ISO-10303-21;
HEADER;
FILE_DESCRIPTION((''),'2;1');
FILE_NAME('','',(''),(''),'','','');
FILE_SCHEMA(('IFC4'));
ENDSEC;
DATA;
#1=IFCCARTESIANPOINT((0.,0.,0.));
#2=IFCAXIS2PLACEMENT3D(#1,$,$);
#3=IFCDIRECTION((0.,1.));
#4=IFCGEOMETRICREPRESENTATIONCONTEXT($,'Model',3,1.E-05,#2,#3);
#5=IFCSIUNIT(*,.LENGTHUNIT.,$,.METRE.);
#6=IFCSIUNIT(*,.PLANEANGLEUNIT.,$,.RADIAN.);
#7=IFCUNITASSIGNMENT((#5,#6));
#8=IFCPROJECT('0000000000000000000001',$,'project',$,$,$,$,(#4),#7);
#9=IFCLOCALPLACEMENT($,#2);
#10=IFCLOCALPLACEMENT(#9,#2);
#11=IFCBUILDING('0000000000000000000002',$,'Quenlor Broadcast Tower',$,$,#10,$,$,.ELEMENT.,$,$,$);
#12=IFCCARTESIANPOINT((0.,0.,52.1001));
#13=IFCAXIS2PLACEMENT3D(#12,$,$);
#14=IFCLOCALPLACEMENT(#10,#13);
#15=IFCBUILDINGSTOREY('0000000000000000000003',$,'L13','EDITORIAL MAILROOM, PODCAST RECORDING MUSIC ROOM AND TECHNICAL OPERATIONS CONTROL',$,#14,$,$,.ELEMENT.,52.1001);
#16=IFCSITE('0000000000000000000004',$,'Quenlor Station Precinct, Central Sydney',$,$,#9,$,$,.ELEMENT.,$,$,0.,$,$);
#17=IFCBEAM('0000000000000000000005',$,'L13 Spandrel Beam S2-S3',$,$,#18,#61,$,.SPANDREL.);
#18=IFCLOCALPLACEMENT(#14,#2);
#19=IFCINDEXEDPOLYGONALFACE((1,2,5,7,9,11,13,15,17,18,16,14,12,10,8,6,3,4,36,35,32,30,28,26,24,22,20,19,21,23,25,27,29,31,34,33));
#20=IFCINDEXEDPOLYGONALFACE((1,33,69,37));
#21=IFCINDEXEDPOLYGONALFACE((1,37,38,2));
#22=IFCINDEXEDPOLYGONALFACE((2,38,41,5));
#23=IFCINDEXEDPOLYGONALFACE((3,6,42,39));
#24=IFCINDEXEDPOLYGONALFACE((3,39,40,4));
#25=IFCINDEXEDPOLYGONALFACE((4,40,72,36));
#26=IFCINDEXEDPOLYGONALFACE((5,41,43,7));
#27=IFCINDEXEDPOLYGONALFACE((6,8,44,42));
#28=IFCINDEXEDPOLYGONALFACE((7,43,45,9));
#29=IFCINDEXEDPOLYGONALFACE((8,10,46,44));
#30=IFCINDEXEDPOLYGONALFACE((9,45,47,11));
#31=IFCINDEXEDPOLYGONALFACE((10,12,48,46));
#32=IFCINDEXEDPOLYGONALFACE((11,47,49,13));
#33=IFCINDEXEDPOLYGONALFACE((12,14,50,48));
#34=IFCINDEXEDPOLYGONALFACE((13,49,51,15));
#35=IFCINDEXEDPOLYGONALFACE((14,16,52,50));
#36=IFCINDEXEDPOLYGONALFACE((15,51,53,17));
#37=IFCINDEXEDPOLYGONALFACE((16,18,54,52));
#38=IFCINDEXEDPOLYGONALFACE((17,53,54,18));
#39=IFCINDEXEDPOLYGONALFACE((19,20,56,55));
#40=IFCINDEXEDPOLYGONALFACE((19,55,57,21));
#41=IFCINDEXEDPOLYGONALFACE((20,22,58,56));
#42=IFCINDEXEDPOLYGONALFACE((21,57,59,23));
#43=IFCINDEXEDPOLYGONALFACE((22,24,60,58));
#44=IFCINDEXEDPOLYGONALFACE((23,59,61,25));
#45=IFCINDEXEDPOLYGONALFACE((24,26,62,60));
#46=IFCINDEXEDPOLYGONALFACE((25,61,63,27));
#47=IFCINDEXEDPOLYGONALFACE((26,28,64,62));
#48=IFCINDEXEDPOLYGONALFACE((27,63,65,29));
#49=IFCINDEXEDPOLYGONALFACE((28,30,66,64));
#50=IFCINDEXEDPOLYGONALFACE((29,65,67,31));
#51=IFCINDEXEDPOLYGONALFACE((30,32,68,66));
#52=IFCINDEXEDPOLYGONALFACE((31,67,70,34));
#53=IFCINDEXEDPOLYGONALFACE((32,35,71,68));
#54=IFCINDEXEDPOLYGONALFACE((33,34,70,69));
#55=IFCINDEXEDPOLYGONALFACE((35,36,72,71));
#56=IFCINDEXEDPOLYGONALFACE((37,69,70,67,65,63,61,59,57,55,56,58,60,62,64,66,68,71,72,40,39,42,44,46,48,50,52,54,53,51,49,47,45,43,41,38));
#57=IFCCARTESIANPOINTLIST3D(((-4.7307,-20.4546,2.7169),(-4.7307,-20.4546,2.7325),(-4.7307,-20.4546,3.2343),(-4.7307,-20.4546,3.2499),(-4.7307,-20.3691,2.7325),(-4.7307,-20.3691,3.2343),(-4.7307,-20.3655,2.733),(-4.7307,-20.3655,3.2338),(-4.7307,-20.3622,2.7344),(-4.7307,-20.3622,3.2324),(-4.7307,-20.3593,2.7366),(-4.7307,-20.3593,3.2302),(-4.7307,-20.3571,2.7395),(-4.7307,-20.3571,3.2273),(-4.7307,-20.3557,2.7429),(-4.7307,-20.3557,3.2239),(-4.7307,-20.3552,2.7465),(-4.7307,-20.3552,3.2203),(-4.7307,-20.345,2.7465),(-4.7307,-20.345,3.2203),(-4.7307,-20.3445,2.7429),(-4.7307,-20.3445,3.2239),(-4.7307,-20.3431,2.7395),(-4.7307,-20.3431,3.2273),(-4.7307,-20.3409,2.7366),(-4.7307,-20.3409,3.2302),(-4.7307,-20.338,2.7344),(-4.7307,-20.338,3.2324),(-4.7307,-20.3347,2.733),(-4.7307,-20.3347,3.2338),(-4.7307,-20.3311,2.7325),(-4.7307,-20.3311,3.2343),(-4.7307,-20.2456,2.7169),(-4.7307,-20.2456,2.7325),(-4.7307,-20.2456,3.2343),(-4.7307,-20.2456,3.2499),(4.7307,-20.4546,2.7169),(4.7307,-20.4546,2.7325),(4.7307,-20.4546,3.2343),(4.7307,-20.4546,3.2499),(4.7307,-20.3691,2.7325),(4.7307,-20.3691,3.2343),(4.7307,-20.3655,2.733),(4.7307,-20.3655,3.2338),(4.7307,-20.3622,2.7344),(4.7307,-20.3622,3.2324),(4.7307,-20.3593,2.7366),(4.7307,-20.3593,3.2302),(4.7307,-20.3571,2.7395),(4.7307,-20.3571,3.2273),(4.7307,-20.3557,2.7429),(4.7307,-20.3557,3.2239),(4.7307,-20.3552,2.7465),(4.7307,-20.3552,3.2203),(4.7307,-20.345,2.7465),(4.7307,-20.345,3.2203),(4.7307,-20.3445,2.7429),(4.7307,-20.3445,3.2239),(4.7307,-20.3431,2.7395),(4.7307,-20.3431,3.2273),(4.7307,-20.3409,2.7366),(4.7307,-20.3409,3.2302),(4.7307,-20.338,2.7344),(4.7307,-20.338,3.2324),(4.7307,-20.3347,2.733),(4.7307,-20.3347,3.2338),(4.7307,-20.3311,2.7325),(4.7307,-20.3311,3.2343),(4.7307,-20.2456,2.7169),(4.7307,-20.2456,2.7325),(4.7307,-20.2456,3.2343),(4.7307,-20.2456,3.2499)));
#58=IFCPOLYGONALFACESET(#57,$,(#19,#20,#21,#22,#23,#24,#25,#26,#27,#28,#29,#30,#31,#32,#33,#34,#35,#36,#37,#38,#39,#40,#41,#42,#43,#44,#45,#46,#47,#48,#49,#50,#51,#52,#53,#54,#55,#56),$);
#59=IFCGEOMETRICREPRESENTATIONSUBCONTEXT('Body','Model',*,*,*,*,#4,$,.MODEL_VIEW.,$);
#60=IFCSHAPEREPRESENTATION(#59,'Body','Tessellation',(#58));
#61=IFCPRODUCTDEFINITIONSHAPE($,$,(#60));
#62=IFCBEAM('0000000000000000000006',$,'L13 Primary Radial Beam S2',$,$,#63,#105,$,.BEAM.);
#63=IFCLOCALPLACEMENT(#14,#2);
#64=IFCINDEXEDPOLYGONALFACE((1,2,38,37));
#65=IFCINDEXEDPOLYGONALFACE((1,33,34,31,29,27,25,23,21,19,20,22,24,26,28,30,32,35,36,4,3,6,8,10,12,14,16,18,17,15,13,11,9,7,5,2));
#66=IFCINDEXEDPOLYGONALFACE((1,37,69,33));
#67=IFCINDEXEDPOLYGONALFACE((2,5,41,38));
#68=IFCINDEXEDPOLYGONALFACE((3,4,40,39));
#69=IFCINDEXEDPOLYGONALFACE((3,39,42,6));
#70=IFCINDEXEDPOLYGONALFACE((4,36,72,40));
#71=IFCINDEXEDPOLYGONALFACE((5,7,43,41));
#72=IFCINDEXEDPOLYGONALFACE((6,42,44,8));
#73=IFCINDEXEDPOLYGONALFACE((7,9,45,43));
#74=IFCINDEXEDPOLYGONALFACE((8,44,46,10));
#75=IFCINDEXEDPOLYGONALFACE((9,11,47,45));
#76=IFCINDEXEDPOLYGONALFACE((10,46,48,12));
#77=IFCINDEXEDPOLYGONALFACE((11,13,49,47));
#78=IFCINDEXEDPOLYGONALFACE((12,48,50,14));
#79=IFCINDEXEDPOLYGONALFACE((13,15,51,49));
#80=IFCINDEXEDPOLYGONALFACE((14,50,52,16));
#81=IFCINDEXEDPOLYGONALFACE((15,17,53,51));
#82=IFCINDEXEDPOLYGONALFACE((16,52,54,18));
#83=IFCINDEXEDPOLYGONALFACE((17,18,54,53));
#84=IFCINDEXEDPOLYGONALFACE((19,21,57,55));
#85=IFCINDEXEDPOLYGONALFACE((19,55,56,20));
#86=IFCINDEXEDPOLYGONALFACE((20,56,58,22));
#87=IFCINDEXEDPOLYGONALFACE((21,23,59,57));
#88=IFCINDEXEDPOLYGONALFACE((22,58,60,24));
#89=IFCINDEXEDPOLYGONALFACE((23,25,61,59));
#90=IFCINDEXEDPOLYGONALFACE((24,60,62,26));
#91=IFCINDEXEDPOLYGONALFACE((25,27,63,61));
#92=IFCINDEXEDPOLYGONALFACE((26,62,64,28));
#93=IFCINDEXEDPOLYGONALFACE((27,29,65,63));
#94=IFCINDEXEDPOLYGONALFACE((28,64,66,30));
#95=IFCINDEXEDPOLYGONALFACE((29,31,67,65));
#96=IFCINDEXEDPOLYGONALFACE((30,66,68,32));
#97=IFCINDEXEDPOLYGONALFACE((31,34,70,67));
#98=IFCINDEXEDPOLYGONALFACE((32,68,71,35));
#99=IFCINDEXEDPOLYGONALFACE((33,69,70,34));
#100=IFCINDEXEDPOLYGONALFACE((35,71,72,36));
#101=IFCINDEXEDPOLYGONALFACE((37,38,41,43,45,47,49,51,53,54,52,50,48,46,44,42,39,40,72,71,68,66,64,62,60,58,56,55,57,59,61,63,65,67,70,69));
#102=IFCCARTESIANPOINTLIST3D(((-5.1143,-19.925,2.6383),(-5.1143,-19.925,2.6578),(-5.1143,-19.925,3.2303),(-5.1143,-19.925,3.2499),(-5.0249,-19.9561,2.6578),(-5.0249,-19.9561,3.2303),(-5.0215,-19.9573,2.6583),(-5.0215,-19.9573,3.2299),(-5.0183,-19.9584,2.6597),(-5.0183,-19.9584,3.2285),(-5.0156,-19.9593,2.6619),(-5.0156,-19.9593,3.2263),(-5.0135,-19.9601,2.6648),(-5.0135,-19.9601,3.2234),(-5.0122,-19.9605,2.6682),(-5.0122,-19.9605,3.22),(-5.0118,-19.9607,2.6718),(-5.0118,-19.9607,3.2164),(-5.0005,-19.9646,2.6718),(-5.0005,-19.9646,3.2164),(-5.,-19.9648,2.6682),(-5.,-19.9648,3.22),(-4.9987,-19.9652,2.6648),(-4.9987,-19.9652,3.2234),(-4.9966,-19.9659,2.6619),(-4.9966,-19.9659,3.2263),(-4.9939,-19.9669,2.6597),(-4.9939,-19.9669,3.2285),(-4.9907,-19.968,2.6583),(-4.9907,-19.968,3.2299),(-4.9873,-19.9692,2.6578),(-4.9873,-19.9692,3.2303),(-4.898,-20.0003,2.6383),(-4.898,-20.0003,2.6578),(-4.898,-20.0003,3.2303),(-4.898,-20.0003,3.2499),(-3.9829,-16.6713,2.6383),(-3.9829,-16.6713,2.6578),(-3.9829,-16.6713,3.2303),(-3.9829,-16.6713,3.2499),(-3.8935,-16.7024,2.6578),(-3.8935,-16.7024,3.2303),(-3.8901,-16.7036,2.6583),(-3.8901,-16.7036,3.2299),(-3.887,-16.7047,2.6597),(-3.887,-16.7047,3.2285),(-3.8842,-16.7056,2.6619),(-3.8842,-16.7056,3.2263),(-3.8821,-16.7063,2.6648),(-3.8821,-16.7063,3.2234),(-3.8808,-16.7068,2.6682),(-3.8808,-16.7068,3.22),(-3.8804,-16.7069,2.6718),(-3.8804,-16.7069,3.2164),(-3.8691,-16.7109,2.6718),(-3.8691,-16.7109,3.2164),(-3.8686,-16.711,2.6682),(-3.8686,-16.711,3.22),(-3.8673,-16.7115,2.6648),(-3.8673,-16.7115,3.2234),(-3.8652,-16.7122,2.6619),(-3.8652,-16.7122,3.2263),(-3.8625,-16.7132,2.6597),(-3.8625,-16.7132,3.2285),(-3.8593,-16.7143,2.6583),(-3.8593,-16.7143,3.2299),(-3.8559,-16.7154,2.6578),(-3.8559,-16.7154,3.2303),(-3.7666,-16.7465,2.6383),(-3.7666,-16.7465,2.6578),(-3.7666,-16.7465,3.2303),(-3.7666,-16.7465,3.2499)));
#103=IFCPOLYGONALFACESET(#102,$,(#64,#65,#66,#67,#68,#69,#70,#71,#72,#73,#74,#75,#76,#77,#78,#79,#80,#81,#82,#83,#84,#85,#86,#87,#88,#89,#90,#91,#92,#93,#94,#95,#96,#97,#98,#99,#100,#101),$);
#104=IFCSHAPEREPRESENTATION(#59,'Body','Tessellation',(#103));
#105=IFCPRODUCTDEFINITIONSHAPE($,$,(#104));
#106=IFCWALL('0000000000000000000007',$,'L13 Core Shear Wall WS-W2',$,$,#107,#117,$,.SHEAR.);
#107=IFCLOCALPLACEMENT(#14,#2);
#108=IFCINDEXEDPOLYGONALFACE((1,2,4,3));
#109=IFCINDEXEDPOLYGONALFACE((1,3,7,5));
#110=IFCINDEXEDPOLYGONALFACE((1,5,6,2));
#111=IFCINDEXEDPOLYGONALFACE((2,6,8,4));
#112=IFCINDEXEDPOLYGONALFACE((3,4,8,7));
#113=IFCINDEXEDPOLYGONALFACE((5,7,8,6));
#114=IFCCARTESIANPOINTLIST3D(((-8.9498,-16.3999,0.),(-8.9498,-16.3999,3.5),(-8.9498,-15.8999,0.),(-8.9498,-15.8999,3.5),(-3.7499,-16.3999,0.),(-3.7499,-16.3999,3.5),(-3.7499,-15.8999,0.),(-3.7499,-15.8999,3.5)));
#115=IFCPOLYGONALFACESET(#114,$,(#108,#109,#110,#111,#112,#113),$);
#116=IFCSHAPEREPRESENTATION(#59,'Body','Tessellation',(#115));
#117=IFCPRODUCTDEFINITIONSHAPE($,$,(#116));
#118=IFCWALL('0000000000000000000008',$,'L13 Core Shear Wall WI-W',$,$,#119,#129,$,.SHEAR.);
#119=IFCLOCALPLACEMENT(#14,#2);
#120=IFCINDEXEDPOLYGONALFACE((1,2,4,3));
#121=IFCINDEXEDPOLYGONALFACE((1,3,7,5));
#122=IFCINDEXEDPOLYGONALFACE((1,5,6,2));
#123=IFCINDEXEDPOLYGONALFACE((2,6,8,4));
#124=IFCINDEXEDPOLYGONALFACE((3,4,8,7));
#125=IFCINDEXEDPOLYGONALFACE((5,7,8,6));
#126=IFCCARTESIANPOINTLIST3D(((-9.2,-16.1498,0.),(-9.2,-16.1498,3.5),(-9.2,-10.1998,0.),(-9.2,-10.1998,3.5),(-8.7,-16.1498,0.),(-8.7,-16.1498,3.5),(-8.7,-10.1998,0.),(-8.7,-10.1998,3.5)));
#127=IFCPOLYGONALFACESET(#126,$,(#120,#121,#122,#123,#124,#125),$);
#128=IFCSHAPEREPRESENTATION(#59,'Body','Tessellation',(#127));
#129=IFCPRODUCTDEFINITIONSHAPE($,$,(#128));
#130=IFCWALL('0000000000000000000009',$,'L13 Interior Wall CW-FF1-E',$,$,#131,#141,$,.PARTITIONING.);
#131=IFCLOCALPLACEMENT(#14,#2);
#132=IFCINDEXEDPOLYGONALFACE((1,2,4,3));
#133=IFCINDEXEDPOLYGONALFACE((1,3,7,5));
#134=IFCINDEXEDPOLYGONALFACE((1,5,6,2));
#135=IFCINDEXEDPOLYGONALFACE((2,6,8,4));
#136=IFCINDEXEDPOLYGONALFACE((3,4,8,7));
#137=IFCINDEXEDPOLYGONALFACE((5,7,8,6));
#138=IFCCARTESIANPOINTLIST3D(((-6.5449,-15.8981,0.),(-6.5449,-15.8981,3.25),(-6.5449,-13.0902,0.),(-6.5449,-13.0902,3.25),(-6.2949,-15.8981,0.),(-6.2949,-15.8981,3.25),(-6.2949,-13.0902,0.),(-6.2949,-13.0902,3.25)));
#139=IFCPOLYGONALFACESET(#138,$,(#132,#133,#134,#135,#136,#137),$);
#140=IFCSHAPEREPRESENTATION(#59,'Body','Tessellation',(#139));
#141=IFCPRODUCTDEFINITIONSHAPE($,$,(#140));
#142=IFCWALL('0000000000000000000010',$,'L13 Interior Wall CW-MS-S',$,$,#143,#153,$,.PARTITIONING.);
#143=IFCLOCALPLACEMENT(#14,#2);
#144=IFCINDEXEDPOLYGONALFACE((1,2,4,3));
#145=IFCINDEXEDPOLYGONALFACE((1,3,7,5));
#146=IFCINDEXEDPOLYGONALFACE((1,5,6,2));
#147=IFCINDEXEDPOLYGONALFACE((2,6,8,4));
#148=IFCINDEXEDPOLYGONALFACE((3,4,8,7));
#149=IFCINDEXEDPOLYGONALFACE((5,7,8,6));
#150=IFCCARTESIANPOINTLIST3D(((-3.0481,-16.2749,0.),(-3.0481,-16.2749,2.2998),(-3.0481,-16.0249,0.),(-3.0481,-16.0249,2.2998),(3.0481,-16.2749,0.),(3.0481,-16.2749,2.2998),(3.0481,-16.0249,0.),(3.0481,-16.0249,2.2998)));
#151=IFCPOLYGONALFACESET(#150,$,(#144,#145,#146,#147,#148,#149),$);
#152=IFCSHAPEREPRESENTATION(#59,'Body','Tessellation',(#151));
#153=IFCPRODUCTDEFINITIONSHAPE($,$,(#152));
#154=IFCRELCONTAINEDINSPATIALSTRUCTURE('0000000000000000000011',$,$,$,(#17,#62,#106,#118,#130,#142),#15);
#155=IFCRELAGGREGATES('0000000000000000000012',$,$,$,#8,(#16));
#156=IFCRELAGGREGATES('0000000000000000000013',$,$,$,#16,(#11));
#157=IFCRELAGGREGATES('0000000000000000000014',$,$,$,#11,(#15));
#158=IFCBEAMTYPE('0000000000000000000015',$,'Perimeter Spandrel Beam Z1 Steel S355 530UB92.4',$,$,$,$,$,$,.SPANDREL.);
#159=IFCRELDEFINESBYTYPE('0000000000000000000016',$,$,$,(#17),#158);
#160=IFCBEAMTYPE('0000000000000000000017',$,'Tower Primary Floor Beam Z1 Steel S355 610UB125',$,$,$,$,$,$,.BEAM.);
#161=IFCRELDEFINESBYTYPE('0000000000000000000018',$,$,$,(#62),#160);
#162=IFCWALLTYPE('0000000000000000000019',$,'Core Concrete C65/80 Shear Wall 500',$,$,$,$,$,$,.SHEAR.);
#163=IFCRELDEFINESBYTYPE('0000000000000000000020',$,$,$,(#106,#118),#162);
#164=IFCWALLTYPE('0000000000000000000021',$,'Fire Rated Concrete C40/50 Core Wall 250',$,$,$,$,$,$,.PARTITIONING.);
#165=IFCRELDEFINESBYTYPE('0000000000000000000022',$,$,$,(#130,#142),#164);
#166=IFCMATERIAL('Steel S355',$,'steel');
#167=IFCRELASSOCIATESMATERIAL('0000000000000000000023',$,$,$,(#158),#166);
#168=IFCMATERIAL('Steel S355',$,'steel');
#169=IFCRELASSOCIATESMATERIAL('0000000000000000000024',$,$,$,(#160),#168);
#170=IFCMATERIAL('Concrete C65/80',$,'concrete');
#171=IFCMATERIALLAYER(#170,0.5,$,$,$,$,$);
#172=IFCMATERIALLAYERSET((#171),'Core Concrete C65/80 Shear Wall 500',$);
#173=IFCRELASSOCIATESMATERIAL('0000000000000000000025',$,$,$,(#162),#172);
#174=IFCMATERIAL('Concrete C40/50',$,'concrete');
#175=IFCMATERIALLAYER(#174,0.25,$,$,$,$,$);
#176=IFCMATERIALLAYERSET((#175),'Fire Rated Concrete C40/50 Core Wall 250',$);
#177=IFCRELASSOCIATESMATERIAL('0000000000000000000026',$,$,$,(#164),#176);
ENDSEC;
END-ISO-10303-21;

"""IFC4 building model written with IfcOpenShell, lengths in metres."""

from ifc_helpers import new_model, si_unit, direction, frame, frame_2d, origin, origin_2d, place, context, subcontext, project, spatial, rectangle, i_section, extrude, material, layer, layer_set, material_profile, profile_set, type_object, element, save


model = new_model("IFC4")

# Units and contexts
model_context = context("Model", 3, precision=1e-05, world=origin(), true_north=direction((0.0, 1.0)))
body_context = subcontext(model_context, "Body", "Model", "MODEL_VIEW")
ifc_project = project(units=[si_unit("LENGTHUNIT", "METRE"), si_unit("PLANEANGLEUNIT", "RADIAN")], contexts=[model_context])

# Site, building, storey
site_placement = place(None, origin())
site = spatial("IfcSite", under=ifc_project, at=site_placement, Name="Quenlor Station Precinct, Central Sydney", CompositionType="ELEMENT", RefElevation=0.0)
building_placement = place(site_placement, origin())
building = spatial("IfcBuilding", under=site, at=building_placement, Name="Quenlor Broadcast Tower", CompositionType="ELEMENT")
storey_placement = place(building_placement, frame((0.0, 0.0, 52.1001)))
storey = spatial("IfcBuildingStorey", under=building, at=storey_placement, Name="L13", Description="EDITORIAL MAILROOM, PODCAST RECORDING MUSIC ROOM AND TECHNICAL OPERATIONS CONTROL", CompositionType="ELEMENT", Elevation=52.1001)

# Beams
ifc_material_1 = material(Name="Steel S355", Category="steel")
ifc_material_profile_1 = material_profile(ifc_material_1, i_section(OverallWidth=0.209, OverallDepth=0.533, WebThickness=0.0103, FlangeThickness=0.0156, FilletRadius=0.0139, at=origin_2d()))
ifc_profile_set_1 = profile_set([ifc_material_profile_1], Name="Steel S355 530UB92.4")
beam_type_1 = type_object("IfcBeamType", Name="Perimeter Spandrel Beam Z1 Steel S355 530UB92.4", PredefinedType="SPANDREL", material=ifc_profile_set_1)
beam_1_placement = place(storey_placement, frame((-4.7307, -20.3501, 2.9834), z_axis=(1.0, 0.0, 0.0), x_axis=(0.0, 1.0, 0.0)))
element("IfcBeam", 1, at=beam_1_placement, inside=storey, type_object=beam_type_1, Name="L13 Spandrel Beam S2-S3", PredefinedType="SPANDREL", context=body_context, shape_type="SweptSolid", body=[
    extrude(i_section(OverallWidth=0.209, OverallDepth=0.533, WebThickness=0.0103, FlangeThickness=0.0156, FilletRadius=0.0139, at=origin_2d()), origin(), (0.0, 0.0, 1.0), 9.4614),
])
ifc_material_2 = material(Name="Steel S355", Category="steel")
ifc_material_profile_2 = material_profile(ifc_material_2, i_section(OverallWidth=0.229, OverallDepth=0.6116, WebThickness=0.012, FlangeThickness=0.0195, FilletRadius=0.0139, at=origin_2d()))
ifc_profile_set_2 = profile_set([ifc_material_profile_2], Name="Steel S355 610UB125")
beam_type_2 = type_object("IfcBeamType", Name="Tower Primary Floor Beam Z1 Steel S355 610UB125", PredefinedType="BEAM", material=ifc_profile_set_2)
beam_2_placement = place(storey_placement, frame((-5.0061, -19.9626, 2.9441), z_axis=(0.328427, 0.944529, 0.0), x_axis=(-0.944529, 0.328427, 0.0)))
element("IfcBeam", 2, at=beam_2_placement, inside=storey, type_object=beam_type_2, Name="L13 Primary Radial Beam S2", PredefinedType="BEAM", context=body_context, shape_type="SweptSolid", body=[
    extrude(i_section(OverallWidth=0.229, OverallDepth=0.6116, WebThickness=0.012, FlangeThickness=0.0195, FilletRadius=0.0139, at=origin_2d()), origin(), (0.0, 0.0, 1.0), 3.4448),
])

# Walls
ifc_material_3 = material(Name="Concrete C65/80", Category="concrete")
ifc_layer_1 = layer(ifc_material_3, 0.5)
ifc_layer_set_1 = layer_set([ifc_layer_1], Name="Core Concrete C65/80 Shear Wall 500")
wall_type_1 = type_object("IfcWallType", Name="Core Concrete C65/80 Shear Wall 500", PredefinedType="SHEAR", material=ifc_layer_set_1)
wall_1_placement = place(storey_placement, frame((-8.95, -16.1499, 0.0), z_axis=(0.0, 0.0, 1.0), x_axis=(1.0, 0.0, 0.0)))
element("IfcWall", 3, at=wall_1_placement, inside=storey, type_object=wall_type_1, Name="L13 Core Shear Wall WS-W2", PredefinedType="SHEAR", context=body_context, shape_type="SweptSolid", body=[
    extrude(rectangle(XDim=5.2, YDim=0.5, at=frame_2d((2.6001, 0.0))), origin(), (0.0, 0.0, 1.0), 3.5),
])
wall_2_placement = place(storey_placement, frame((-8.95, -16.1499, 0.0), z_axis=(0.0, 0.0, 1.0), x_axis=(0.0, 1.0, 0.0)))
element("IfcWall", 4, at=wall_2_placement, inside=storey, type_object=wall_type_1, Name="L13 Core Shear Wall WI-W", PredefinedType="SHEAR", context=body_context, shape_type="SweptSolid", body=[
    extrude(rectangle(XDim=5.95, YDim=0.5, at=frame_2d((2.9751, 0.0))), origin(), (0.0, 0.0, 1.0), 3.5),
])
ifc_material_4 = material(Name="Concrete C40/50", Category="concrete")
ifc_layer_2 = layer(ifc_material_4, 0.25)
ifc_layer_set_2 = layer_set([ifc_layer_2], Name="Fire Rated Concrete C40/50 Core Wall 250")
wall_type_2 = type_object("IfcWallType", Name="Fire Rated Concrete C40/50 Core Wall 250", PredefinedType="PARTITIONING", material=ifc_layer_set_2)
wall_3_placement = place(storey_placement, frame((-6.4199, -15.8979, 0.0), z_axis=(0.0, 0.0, 1.0), x_axis=(0.0, 1.0, 0.0)))
element("IfcWall", 5, at=wall_3_placement, inside=storey, type_object=wall_type_2, Name="L13 Interior Wall CW-FF1-E", PredefinedType="PARTITIONING", context=body_context, shape_type="SweptSolid", body=[
    extrude(rectangle(XDim=2.8079, YDim=0.25, at=frame_2d((1.4038, 0.0))), origin(), (0.0, 0.0, 1.0), 3.25),
])
wall_4_placement = place(storey_placement, frame((-3.0481, -16.1499, 0.0), z_axis=(0.0, 0.0, 1.0), x_axis=(1.0, 0.0, 0.0)))
element("IfcWall", 6, at=wall_4_placement, inside=storey, type_object=wall_type_2, Name="L13 Interior Wall CW-MS-S", PredefinedType="PARTITIONING", context=body_context, shape_type="SweptSolid", body=[
    extrude(rectangle(XDim=6.0962, YDim=0.25, at=frame_2d((3.0481, 0.0))), origin(), (0.0, 0.0, 1.0), 2.2998),
])

save(model, "model.ifc")
